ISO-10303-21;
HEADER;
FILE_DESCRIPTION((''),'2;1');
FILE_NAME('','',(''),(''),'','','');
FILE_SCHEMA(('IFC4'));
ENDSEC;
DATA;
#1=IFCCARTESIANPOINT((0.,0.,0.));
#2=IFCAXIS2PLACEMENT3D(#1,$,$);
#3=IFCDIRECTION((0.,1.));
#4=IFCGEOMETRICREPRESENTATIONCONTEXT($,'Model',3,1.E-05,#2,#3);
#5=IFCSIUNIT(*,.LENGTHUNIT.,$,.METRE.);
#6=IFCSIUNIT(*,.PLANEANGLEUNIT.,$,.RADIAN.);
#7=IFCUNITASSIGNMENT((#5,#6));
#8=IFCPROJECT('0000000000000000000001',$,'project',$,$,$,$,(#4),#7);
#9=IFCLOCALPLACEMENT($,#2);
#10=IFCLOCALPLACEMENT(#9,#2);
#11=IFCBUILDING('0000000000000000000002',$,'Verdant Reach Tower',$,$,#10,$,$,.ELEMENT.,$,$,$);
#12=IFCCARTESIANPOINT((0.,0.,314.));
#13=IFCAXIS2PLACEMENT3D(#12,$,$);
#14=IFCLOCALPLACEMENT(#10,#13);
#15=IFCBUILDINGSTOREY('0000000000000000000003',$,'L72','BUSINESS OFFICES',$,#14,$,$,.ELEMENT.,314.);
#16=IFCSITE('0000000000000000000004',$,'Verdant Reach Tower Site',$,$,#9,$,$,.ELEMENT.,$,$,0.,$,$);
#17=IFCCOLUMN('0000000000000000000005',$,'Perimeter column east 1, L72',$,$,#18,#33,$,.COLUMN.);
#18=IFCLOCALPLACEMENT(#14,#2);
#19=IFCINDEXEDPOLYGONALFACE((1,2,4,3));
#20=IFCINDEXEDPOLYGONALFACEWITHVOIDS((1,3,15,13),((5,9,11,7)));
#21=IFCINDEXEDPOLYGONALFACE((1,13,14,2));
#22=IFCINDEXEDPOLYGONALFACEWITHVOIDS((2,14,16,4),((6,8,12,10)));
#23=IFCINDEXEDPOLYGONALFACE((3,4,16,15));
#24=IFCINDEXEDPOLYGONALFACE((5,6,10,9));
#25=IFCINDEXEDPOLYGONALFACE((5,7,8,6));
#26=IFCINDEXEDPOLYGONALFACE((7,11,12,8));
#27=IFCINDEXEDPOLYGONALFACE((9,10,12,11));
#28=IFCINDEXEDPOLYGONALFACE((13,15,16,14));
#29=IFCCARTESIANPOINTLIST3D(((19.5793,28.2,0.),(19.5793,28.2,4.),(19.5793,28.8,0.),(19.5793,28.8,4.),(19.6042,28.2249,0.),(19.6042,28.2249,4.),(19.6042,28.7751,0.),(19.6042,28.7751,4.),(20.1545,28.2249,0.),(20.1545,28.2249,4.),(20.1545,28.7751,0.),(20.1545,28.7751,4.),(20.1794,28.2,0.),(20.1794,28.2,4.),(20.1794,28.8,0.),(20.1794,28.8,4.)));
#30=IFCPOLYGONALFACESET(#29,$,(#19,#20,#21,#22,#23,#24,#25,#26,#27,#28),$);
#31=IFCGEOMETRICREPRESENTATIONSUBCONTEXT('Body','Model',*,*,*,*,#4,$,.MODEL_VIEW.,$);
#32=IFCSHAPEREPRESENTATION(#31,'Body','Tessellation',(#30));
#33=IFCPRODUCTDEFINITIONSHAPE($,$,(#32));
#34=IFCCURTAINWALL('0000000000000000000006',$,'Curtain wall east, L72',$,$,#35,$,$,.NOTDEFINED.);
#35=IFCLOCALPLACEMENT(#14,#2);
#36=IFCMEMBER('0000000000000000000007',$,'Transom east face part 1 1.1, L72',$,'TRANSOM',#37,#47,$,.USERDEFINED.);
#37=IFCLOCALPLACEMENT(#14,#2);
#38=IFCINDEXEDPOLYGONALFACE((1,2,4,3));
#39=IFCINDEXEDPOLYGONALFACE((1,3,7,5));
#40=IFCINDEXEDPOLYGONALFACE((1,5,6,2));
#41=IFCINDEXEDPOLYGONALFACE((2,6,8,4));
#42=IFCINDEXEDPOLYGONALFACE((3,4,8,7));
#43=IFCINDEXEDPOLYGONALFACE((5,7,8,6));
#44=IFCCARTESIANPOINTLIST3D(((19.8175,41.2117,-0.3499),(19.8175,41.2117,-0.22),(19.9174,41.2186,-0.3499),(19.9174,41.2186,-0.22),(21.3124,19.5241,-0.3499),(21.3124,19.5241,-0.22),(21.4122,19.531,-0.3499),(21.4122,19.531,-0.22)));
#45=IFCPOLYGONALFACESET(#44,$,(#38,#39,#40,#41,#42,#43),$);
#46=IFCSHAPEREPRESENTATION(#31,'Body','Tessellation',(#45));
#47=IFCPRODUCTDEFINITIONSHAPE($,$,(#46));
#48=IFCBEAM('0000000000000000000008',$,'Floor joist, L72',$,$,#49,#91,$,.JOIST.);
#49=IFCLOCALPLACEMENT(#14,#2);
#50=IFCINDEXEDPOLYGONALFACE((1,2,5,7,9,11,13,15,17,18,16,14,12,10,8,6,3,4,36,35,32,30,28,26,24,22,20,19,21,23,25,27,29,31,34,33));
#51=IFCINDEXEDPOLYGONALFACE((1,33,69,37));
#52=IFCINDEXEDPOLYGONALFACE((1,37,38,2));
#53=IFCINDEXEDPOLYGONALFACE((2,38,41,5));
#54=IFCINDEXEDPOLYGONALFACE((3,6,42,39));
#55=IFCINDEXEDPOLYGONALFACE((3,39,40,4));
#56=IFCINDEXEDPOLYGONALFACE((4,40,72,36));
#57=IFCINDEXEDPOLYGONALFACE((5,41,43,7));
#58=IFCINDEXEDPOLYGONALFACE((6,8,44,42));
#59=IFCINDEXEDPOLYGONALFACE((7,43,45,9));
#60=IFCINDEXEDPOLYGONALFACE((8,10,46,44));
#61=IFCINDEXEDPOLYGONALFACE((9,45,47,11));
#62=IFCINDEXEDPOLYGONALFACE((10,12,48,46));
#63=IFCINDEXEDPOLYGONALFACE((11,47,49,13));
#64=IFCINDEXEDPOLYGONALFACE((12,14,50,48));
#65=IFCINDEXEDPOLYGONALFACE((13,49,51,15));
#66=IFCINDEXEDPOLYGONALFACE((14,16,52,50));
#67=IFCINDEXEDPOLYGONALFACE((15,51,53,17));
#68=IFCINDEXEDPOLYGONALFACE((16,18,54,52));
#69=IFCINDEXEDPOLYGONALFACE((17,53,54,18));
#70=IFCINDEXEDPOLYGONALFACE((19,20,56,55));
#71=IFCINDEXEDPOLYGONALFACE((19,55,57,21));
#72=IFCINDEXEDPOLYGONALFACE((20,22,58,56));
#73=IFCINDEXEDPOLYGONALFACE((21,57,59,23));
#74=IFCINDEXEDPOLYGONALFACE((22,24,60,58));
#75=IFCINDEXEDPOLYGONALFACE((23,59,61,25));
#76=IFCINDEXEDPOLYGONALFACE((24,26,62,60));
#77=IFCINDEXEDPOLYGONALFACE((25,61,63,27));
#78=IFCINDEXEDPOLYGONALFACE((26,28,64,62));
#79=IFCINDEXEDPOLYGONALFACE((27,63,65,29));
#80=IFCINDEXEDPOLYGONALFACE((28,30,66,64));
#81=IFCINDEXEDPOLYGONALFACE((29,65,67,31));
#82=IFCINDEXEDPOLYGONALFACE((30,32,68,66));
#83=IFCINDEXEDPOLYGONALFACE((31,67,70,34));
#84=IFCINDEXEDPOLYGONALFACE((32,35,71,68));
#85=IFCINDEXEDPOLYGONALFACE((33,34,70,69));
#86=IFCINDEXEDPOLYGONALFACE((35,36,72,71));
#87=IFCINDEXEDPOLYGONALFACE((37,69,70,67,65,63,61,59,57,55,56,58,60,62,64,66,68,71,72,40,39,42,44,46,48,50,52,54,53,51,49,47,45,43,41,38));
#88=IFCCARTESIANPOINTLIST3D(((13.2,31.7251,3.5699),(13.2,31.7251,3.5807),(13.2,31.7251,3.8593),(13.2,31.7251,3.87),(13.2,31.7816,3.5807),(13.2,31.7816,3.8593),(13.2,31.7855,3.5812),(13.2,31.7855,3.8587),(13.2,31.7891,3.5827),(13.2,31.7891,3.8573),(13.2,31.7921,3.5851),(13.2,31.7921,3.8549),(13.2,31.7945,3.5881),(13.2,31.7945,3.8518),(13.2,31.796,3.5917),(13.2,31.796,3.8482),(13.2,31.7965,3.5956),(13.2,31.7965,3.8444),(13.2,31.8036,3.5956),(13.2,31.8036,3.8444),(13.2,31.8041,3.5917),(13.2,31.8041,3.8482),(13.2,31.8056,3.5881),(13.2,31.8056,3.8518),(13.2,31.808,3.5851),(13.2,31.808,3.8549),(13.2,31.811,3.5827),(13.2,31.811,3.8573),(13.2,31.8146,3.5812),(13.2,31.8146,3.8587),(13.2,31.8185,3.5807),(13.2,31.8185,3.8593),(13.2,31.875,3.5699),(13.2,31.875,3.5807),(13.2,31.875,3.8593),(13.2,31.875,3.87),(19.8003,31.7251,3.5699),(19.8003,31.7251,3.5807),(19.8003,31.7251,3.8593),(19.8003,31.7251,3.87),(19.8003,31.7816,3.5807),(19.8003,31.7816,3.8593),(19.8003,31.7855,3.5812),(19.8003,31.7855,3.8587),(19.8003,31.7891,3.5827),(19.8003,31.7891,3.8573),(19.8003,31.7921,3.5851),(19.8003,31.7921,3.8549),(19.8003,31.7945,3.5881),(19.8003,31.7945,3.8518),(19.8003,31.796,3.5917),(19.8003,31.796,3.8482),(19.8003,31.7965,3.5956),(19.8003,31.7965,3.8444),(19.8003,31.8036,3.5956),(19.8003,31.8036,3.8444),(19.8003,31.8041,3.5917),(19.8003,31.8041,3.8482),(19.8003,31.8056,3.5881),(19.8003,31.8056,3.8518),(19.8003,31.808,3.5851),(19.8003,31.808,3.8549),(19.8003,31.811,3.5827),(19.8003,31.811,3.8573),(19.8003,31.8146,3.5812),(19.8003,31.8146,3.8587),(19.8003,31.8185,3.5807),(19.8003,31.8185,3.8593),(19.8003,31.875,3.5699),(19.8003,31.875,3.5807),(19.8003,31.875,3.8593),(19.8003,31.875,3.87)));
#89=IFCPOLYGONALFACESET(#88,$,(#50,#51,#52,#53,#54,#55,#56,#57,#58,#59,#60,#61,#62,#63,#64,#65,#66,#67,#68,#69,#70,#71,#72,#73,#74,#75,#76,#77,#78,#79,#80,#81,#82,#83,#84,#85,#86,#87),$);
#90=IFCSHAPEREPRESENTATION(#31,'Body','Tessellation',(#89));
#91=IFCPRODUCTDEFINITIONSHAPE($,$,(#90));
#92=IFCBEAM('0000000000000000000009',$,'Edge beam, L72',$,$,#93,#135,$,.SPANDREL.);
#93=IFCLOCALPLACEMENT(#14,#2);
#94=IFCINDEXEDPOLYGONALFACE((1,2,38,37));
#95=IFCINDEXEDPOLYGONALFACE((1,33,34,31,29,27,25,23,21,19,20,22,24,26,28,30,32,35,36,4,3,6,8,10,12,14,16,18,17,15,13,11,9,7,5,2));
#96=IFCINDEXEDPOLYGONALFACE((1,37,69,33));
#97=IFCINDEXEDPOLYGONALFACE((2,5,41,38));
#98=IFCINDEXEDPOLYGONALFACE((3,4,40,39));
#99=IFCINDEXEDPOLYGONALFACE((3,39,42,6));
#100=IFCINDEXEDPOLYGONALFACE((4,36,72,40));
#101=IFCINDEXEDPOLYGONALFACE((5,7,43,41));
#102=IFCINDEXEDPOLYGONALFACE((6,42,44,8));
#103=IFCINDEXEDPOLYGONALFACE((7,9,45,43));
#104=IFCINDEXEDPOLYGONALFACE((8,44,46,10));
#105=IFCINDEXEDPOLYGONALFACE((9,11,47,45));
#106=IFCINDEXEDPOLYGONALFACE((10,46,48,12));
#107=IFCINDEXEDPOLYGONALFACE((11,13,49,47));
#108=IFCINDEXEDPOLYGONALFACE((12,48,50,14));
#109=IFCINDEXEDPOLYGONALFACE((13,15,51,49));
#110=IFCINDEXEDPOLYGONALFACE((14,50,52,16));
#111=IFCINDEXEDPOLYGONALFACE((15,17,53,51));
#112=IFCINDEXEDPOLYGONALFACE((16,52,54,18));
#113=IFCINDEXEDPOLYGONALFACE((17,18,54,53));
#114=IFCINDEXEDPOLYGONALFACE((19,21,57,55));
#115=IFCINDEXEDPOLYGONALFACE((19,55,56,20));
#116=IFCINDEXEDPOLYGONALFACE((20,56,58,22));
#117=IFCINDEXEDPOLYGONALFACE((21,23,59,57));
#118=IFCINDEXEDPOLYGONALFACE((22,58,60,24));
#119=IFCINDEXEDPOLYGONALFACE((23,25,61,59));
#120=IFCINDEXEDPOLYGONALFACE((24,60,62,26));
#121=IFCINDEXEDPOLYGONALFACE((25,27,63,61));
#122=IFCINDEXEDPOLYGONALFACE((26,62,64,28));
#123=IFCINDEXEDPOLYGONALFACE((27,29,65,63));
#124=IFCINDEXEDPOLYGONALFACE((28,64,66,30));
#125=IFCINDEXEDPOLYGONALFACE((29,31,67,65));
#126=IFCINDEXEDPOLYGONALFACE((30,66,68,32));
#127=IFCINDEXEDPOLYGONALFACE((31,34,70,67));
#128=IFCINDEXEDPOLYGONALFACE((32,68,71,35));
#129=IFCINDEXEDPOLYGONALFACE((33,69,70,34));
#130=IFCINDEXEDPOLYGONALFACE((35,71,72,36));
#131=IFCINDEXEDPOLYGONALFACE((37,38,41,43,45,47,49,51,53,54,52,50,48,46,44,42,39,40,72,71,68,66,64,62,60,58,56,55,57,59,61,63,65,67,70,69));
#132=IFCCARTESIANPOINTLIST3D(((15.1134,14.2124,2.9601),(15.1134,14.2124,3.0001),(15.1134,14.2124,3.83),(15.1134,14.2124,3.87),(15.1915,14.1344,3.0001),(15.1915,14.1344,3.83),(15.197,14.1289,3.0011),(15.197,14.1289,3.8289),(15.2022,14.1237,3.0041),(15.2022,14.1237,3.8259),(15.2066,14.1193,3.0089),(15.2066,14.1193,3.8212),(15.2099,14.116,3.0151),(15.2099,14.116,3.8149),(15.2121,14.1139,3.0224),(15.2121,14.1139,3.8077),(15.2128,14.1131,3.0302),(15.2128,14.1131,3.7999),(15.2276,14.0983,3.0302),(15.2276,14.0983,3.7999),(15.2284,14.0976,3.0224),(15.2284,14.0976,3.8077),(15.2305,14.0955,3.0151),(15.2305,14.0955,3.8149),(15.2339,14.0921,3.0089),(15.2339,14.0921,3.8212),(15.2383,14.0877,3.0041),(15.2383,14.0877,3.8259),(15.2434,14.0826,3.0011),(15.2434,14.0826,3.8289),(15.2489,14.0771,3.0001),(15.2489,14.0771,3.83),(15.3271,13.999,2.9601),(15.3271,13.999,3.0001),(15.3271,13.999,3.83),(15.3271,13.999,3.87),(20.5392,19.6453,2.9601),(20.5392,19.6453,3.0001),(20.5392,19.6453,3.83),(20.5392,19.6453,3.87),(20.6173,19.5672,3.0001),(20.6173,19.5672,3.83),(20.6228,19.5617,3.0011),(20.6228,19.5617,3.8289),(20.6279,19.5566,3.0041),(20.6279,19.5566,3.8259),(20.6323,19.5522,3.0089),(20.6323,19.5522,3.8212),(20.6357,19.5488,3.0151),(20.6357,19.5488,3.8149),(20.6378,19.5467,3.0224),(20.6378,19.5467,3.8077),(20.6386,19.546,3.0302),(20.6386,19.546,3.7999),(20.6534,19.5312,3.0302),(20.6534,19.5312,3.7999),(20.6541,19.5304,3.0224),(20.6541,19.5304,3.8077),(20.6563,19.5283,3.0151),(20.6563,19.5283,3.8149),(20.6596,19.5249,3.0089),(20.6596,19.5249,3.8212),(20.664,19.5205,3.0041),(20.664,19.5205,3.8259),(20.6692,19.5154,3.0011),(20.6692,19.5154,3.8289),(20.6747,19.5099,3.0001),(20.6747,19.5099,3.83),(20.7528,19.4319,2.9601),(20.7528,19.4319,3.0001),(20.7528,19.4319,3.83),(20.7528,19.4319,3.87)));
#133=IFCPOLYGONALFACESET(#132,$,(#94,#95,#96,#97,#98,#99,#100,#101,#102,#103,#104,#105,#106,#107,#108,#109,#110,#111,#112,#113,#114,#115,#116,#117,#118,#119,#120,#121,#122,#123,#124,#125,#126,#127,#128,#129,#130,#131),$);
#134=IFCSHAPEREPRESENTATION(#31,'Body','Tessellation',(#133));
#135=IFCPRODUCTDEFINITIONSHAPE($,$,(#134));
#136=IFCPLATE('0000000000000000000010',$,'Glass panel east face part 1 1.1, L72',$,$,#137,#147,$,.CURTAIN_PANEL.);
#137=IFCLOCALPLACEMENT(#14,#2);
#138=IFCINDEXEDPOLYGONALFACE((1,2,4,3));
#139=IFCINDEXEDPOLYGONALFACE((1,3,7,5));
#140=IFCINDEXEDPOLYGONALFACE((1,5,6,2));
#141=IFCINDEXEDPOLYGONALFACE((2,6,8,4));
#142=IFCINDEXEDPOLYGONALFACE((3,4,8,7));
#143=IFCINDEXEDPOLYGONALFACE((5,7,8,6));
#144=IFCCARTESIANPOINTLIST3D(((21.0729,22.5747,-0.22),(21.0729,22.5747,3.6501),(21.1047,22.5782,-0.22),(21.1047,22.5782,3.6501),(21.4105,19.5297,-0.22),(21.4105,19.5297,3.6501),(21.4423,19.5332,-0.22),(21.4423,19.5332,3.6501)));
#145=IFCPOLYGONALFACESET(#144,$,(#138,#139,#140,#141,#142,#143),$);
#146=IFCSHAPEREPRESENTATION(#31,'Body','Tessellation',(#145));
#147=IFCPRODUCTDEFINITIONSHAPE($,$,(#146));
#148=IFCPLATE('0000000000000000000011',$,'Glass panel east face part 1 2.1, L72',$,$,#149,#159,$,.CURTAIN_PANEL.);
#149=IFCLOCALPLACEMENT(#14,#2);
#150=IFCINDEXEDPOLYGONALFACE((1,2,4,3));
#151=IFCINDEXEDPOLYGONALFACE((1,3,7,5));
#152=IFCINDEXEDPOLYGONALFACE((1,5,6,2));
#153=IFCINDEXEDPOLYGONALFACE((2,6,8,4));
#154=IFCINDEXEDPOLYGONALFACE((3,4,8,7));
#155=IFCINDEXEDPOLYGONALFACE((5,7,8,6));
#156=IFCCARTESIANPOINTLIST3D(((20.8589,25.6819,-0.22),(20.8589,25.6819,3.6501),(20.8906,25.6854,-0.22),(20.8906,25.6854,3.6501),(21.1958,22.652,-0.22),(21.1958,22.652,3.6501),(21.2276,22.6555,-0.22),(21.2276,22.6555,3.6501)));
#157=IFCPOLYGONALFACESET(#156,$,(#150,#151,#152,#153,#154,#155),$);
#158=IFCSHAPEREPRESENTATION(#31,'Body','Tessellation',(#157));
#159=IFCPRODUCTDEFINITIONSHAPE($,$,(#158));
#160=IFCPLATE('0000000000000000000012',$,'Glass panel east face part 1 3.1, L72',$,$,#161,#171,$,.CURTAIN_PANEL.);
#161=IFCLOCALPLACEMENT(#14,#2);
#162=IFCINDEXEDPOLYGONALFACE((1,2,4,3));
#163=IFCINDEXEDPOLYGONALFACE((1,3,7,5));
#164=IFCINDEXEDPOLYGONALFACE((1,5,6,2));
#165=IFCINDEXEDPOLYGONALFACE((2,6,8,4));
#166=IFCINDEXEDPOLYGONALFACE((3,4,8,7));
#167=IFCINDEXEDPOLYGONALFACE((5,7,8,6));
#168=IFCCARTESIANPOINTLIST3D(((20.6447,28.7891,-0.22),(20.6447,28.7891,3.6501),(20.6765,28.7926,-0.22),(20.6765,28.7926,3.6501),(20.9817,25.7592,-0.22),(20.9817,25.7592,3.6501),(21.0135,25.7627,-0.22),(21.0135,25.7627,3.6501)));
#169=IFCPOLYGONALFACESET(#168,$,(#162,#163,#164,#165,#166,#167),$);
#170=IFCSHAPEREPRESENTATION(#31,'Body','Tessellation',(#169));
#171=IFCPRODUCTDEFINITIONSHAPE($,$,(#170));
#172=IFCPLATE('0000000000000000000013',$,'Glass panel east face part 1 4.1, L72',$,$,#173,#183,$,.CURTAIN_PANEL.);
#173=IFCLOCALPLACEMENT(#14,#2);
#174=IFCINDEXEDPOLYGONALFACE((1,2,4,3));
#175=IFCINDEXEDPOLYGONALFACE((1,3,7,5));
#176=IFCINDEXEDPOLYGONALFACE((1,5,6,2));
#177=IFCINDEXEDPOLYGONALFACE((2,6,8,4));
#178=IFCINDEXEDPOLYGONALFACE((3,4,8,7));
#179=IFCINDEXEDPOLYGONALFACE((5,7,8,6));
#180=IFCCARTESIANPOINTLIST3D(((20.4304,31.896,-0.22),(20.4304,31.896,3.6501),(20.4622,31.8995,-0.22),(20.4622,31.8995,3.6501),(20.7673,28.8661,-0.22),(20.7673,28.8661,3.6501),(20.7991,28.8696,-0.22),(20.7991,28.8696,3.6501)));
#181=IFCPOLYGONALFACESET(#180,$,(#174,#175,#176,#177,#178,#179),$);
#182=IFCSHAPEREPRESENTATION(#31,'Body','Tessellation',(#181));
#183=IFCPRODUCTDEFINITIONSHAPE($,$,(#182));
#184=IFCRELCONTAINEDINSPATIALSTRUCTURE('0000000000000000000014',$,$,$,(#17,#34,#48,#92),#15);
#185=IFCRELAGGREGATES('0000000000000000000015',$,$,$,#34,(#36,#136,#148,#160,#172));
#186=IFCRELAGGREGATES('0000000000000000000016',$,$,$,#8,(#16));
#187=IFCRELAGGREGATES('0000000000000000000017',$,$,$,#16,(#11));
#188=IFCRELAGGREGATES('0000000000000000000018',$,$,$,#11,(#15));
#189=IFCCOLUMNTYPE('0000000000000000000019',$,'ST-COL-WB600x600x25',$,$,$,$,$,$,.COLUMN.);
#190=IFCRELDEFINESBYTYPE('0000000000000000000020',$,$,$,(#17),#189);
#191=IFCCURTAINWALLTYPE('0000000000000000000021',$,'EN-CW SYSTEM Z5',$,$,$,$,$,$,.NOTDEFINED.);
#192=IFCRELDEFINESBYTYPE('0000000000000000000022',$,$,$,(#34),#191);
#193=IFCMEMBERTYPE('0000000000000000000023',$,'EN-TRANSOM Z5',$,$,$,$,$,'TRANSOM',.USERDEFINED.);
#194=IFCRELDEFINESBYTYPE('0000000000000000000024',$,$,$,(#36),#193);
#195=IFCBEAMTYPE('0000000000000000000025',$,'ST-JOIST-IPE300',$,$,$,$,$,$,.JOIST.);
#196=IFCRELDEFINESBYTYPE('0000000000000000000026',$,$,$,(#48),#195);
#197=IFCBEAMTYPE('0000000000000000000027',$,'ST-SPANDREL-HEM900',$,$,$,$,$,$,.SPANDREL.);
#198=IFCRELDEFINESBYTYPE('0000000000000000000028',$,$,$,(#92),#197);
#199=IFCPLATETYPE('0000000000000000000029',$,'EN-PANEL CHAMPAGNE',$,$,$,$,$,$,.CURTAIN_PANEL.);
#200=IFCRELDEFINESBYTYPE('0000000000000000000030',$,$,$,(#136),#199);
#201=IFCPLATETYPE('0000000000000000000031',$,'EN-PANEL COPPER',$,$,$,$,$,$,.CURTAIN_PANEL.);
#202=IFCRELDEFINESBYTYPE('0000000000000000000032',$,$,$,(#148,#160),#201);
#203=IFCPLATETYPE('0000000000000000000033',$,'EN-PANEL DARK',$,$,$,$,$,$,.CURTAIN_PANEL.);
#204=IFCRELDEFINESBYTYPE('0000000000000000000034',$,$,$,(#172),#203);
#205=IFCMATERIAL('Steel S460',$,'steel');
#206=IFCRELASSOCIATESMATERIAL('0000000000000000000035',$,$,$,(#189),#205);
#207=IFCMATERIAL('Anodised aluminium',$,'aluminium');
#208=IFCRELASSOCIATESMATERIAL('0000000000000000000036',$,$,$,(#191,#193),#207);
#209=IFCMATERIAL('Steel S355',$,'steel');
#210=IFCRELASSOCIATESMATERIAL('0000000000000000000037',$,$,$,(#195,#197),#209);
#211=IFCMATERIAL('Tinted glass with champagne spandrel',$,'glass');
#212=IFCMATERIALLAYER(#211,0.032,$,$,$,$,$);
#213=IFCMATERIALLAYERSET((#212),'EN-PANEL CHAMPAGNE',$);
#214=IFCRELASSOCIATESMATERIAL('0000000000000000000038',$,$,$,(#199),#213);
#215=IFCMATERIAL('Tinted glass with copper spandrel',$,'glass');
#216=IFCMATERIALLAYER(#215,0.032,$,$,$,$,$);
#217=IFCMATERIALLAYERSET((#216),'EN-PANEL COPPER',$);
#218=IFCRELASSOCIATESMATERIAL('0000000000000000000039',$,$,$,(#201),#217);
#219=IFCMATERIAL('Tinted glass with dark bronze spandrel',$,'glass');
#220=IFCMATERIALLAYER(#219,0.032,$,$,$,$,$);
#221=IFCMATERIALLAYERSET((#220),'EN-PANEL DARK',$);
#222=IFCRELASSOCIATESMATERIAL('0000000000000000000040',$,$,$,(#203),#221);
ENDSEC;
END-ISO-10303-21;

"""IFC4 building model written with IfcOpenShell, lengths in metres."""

from ifc_helpers import new_model, si_unit, direction, frame, origin, origin_2d, place, context, subcontext, project, spatial, rectangle, hollow_rectangle, i_section, extrude, material, layer, layer_set, material_profile, profile_set, type_object, element, aggregate, save


model = new_model("IFC4")

# Units and contexts
model_context = context("Model", 3, precision=1e-05, world=origin(), true_north=direction((0.0, 1.0)))
body_context = subcontext(model_context, "Body", "Model", "MODEL_VIEW")
ifc_project = project(units=[si_unit("LENGTHUNIT", "METRE"), si_unit("PLANEANGLEUNIT", "RADIAN")], contexts=[model_context])

# Site, building, storey
site_placement = place(None, origin())
site = spatial("IfcSite", under=ifc_project, at=site_placement, Name="Verdant Reach Tower Site", CompositionType="ELEMENT", RefElevation=0.0)
building_placement = place(site_placement, origin())
building = spatial("IfcBuilding", under=site, at=building_placement, Name="Verdant Reach Tower", CompositionType="ELEMENT")
storey_placement = place(building_placement, frame((0.0, 0.0, 314.0)))
storey = spatial("IfcBuildingStorey", under=building, at=storey_placement, Name="L72", Description="BUSINESS OFFICES", CompositionType="ELEMENT", Elevation=314.0)

# Column
ifc_material_1 = material(Name="Steel S460", Category="steel")
ifc_material_profile_1 = material_profile(ifc_material_1, hollow_rectangle(XDim=0.6001, YDim=0.6001, WallThickness=0.0249, at=origin_2d()), Name="WB 600x600x25")
ifc_profile_set_1 = profile_set([ifc_material_profile_1], Name="Steel S460")
column_type = type_object("IfcColumnType", Name="ST-COL-WB600x600x25", PredefinedType="COLUMN", material=ifc_profile_set_1)
column_placement = place(storey_placement, frame((19.8794, 28.5, 0.0), z_axis=(0.0, 0.0, 1.0), x_axis=(1.0, 0.0, 0.0)))
element("IfcColumn", 1, at=column_placement, inside=storey, type_object=column_type, Name="Perimeter column east 1, L72", PredefinedType="COLUMN", context=body_context, shape_type="SweptSolid", body=[
    extrude(hollow_rectangle(XDim=0.6001, YDim=0.6001, WallThickness=0.0249, at=origin_2d()), origin(), (0.0, 0.0, 1.0), 4.0),
])

# Curtain wall, member
ifc_material_2 = material(Name="Anodised aluminium", Category="aluminium")
curtain_wall_type = type_object("IfcCurtainWallType", Name="EN-CW SYSTEM Z5", PredefinedType="NOTDEFINED", material=ifc_material_2)
curtain_wall_placement = place(storey_placement, origin())
curtain_wall = element("IfcCurtainWall", 2, at=curtain_wall_placement, inside=storey, type_object=curtain_wall_type, Name="Curtain wall east, L72", PredefinedType="NOTDEFINED")
ifc_material_profile_2 = material_profile(ifc_material_2, rectangle(XDim=0.1001, YDim=0.1299, at=origin_2d()), Name="Transom 130x100")
ifc_profile_set_2 = profile_set([ifc_material_profile_2], Name="Anodised aluminium")
member_type = type_object("IfcMemberType", Name="EN-TRANSOM Z5", ElementType="TRANSOM", PredefinedType="USERDEFINED", material=ifc_profile_set_2)
member_placement = place(storey_placement, frame((21.3623, 19.5276, -0.2849), z_axis=(-0.068765, 0.997633, 0.0), x_axis=(-0.997633, -0.068765, 0.0)))
member = element("IfcMember", 3, at=member_placement, type_object=member_type, Name="Transom east face part 1 1.1, L72", ObjectType="TRANSOM", PredefinedType="USERDEFINED", context=body_context, shape_type="SweptSolid", body=[
    extrude(rectangle(XDim=0.1001, YDim=0.1299, at=origin_2d()), origin(), (0.0, 0.0, 1.0), 21.739),
])

# Beams
ifc_material_3 = material(Name="Steel S355", Category="steel")
ifc_material_profile_3 = material_profile(ifc_material_3, i_section(OverallWidth=0.1499, OverallDepth=0.3, WebThickness=0.0071, FlangeThickness=0.0107, FilletRadius=0.0149, at=origin_2d()), Name="IPE 300")
ifc_profile_set_3 = profile_set([ifc_material_profile_3], Name="Steel S355")
beam_type_1 = type_object("IfcBeamType", Name="ST-JOIST-IPE300", PredefinedType="JOIST", material=ifc_profile_set_3)
beam_1_placement = place(storey_placement, frame((13.2, 31.8, 3.72), z_axis=(1.0, 0.0, 0.0), x_axis=(0.0, 1.0, 0.0)))
element("IfcBeam", 4, at=beam_1_placement, inside=storey, type_object=beam_type_1, Name="Floor joist, L72", PredefinedType="JOIST", context=body_context, shape_type="SweptSolid", body=[
    extrude(i_section(OverallWidth=0.1499, OverallDepth=0.3, WebThickness=0.0071, FlangeThickness=0.0107, FilletRadius=0.0149, at=origin_2d()), origin(), (0.0, 0.0, 1.0), 6.6003),
])
ifc_material_profile_4 = material_profile(ifc_material_3, i_section(OverallWidth=0.302, OverallDepth=0.9099, WebThickness=0.021, FlangeThickness=0.04, FilletRadius=0.03, at=origin_2d()), Name="HEM 900")
ifc_profile_set_4 = profile_set([ifc_material_profile_4], Name="Steel S355")
beam_type_2 = type_object("IfcBeamType", Name="ST-SPANDREL-HEM900", PredefinedType="SPANDREL", material=ifc_profile_set_4)
beam_2_placement = place(storey_placement, frame((20.646, 19.5386, 3.415), z_axis=(-0.706646, -0.707568, 0.0), x_axis=(0.707568, -0.706646, 0.0)))
element("IfcBeam", 5, at=beam_2_placement, inside=storey, type_object=beam_type_2, Name="Edge beam, L72", PredefinedType="SPANDREL", context=body_context, shape_type="SweptSolid", body=[
    extrude(i_section(OverallWidth=0.302, OverallDepth=0.9099, WebThickness=0.021, FlangeThickness=0.04, FilletRadius=0.03, at=origin_2d()), origin(), (0.0, 0.0, 1.0), 7.6782),
])

# Plates
ifc_material_4 = material(Name="Tinted glass with champagne spandrel", Category="glass")
ifc_layer_1 = layer(ifc_material_4, 0.032)
ifc_layer_set_1 = layer_set([ifc_layer_1], Name="EN-PANEL CHAMPAGNE")
plate_type_1 = type_object("IfcPlateType", Name="EN-PANEL CHAMPAGNE", PredefinedType="CURTAIN_PANEL", material=ifc_layer_set_1)
plate_1_placement = place(storey_placement, frame((21.2576, 21.054, -0.22), z_axis=(0.0, 0.0, 1.0), x_axis=(-0.110198, 0.99391, 0.0)))
plate_1 = element("IfcPlate", 6, at=plate_1_placement, type_object=plate_type_1, Name="Glass panel east face part 1 1.1, L72", PredefinedType="CURTAIN_PANEL", context=body_context, shape_type="SweptSolid", body=[
    extrude(rectangle(XDim=3.0637, YDim=0.032, at=origin_2d()), origin(), (0.0, 0.0, 1.0), 3.8701),
])
ifc_material_5 = material(Name="Tinted glass with copper spandrel", Category="glass")
ifc_layer_2 = layer(ifc_material_5, 0.032)
ifc_layer_set_2 = layer_set([ifc_layer_2], Name="EN-PANEL COPPER")
plate_type_2 = type_object("IfcPlateType", Name="EN-PANEL COPPER", PredefinedType="CURTAIN_PANEL", material=ifc_layer_set_2)
plate_2_placement = place(storey_placement, frame((21.0432, 24.1687, -0.22), z_axis=(0.0, 0.0, 1.0), x_axis=(-0.110518, 0.993874, 0.0)))
plate_2 = element("IfcPlate", 7, at=plate_2_placement, type_object=plate_type_2, Name="Glass panel east face part 1 2.1, L72", PredefinedType="CURTAIN_PANEL", context=body_context, shape_type="SweptSolid", body=[
    extrude(rectangle(XDim=3.0486, YDim=0.032, at=origin_2d()), origin(), (0.0, 0.0, 1.0), 3.8701),
])
plate_3_placement = place(storey_placement, frame((20.8291, 27.2759, -0.22), z_axis=(0.0, 0.0, 1.0), x_axis=(-0.110518, 0.993874, 0.0)))
plate_3 = element("IfcPlate", 8, at=plate_3_placement, type_object=plate_type_2, Name="Glass panel east face part 1 3.1, L72", PredefinedType="CURTAIN_PANEL", context=body_context, shape_type="SweptSolid", body=[
    extrude(rectangle(XDim=3.0486, YDim=0.032, at=origin_2d()), origin(), (0.0, 0.0, 1.0), 3.8701),
])
ifc_material_6 = material(Name="Tinted glass with dark bronze spandrel", Category="glass")
ifc_layer_3 = layer(ifc_material_6, 0.032)
ifc_layer_set_3 = layer_set([ifc_layer_3], Name="EN-PANEL DARK")
plate_type_3 = type_object("IfcPlateType", Name="EN-PANEL DARK", PredefinedType="CURTAIN_PANEL", material=ifc_layer_set_3)
plate_4_placement = place(storey_placement, frame((20.6147, 30.3828, -0.22), z_axis=(0.0, 0.0, 1.0), x_axis=(-0.110518, 0.993874, 0.0)))
plate_4 = element("IfcPlate", 9, at=plate_4_placement, type_object=plate_type_3, Name="Glass panel east face part 1 4.1, L72", PredefinedType="CURTAIN_PANEL", context=body_context, shape_type="SweptSolid", body=[
    extrude(rectangle(XDim=3.0486, YDim=0.032, at=origin_2d()), origin(), (0.0, 0.0, 1.0), 3.8701),
])
aggregate(curtain_wall, [member, plate_1, plate_2, plate_3, plate_4])

save(model, "model.ifc")
